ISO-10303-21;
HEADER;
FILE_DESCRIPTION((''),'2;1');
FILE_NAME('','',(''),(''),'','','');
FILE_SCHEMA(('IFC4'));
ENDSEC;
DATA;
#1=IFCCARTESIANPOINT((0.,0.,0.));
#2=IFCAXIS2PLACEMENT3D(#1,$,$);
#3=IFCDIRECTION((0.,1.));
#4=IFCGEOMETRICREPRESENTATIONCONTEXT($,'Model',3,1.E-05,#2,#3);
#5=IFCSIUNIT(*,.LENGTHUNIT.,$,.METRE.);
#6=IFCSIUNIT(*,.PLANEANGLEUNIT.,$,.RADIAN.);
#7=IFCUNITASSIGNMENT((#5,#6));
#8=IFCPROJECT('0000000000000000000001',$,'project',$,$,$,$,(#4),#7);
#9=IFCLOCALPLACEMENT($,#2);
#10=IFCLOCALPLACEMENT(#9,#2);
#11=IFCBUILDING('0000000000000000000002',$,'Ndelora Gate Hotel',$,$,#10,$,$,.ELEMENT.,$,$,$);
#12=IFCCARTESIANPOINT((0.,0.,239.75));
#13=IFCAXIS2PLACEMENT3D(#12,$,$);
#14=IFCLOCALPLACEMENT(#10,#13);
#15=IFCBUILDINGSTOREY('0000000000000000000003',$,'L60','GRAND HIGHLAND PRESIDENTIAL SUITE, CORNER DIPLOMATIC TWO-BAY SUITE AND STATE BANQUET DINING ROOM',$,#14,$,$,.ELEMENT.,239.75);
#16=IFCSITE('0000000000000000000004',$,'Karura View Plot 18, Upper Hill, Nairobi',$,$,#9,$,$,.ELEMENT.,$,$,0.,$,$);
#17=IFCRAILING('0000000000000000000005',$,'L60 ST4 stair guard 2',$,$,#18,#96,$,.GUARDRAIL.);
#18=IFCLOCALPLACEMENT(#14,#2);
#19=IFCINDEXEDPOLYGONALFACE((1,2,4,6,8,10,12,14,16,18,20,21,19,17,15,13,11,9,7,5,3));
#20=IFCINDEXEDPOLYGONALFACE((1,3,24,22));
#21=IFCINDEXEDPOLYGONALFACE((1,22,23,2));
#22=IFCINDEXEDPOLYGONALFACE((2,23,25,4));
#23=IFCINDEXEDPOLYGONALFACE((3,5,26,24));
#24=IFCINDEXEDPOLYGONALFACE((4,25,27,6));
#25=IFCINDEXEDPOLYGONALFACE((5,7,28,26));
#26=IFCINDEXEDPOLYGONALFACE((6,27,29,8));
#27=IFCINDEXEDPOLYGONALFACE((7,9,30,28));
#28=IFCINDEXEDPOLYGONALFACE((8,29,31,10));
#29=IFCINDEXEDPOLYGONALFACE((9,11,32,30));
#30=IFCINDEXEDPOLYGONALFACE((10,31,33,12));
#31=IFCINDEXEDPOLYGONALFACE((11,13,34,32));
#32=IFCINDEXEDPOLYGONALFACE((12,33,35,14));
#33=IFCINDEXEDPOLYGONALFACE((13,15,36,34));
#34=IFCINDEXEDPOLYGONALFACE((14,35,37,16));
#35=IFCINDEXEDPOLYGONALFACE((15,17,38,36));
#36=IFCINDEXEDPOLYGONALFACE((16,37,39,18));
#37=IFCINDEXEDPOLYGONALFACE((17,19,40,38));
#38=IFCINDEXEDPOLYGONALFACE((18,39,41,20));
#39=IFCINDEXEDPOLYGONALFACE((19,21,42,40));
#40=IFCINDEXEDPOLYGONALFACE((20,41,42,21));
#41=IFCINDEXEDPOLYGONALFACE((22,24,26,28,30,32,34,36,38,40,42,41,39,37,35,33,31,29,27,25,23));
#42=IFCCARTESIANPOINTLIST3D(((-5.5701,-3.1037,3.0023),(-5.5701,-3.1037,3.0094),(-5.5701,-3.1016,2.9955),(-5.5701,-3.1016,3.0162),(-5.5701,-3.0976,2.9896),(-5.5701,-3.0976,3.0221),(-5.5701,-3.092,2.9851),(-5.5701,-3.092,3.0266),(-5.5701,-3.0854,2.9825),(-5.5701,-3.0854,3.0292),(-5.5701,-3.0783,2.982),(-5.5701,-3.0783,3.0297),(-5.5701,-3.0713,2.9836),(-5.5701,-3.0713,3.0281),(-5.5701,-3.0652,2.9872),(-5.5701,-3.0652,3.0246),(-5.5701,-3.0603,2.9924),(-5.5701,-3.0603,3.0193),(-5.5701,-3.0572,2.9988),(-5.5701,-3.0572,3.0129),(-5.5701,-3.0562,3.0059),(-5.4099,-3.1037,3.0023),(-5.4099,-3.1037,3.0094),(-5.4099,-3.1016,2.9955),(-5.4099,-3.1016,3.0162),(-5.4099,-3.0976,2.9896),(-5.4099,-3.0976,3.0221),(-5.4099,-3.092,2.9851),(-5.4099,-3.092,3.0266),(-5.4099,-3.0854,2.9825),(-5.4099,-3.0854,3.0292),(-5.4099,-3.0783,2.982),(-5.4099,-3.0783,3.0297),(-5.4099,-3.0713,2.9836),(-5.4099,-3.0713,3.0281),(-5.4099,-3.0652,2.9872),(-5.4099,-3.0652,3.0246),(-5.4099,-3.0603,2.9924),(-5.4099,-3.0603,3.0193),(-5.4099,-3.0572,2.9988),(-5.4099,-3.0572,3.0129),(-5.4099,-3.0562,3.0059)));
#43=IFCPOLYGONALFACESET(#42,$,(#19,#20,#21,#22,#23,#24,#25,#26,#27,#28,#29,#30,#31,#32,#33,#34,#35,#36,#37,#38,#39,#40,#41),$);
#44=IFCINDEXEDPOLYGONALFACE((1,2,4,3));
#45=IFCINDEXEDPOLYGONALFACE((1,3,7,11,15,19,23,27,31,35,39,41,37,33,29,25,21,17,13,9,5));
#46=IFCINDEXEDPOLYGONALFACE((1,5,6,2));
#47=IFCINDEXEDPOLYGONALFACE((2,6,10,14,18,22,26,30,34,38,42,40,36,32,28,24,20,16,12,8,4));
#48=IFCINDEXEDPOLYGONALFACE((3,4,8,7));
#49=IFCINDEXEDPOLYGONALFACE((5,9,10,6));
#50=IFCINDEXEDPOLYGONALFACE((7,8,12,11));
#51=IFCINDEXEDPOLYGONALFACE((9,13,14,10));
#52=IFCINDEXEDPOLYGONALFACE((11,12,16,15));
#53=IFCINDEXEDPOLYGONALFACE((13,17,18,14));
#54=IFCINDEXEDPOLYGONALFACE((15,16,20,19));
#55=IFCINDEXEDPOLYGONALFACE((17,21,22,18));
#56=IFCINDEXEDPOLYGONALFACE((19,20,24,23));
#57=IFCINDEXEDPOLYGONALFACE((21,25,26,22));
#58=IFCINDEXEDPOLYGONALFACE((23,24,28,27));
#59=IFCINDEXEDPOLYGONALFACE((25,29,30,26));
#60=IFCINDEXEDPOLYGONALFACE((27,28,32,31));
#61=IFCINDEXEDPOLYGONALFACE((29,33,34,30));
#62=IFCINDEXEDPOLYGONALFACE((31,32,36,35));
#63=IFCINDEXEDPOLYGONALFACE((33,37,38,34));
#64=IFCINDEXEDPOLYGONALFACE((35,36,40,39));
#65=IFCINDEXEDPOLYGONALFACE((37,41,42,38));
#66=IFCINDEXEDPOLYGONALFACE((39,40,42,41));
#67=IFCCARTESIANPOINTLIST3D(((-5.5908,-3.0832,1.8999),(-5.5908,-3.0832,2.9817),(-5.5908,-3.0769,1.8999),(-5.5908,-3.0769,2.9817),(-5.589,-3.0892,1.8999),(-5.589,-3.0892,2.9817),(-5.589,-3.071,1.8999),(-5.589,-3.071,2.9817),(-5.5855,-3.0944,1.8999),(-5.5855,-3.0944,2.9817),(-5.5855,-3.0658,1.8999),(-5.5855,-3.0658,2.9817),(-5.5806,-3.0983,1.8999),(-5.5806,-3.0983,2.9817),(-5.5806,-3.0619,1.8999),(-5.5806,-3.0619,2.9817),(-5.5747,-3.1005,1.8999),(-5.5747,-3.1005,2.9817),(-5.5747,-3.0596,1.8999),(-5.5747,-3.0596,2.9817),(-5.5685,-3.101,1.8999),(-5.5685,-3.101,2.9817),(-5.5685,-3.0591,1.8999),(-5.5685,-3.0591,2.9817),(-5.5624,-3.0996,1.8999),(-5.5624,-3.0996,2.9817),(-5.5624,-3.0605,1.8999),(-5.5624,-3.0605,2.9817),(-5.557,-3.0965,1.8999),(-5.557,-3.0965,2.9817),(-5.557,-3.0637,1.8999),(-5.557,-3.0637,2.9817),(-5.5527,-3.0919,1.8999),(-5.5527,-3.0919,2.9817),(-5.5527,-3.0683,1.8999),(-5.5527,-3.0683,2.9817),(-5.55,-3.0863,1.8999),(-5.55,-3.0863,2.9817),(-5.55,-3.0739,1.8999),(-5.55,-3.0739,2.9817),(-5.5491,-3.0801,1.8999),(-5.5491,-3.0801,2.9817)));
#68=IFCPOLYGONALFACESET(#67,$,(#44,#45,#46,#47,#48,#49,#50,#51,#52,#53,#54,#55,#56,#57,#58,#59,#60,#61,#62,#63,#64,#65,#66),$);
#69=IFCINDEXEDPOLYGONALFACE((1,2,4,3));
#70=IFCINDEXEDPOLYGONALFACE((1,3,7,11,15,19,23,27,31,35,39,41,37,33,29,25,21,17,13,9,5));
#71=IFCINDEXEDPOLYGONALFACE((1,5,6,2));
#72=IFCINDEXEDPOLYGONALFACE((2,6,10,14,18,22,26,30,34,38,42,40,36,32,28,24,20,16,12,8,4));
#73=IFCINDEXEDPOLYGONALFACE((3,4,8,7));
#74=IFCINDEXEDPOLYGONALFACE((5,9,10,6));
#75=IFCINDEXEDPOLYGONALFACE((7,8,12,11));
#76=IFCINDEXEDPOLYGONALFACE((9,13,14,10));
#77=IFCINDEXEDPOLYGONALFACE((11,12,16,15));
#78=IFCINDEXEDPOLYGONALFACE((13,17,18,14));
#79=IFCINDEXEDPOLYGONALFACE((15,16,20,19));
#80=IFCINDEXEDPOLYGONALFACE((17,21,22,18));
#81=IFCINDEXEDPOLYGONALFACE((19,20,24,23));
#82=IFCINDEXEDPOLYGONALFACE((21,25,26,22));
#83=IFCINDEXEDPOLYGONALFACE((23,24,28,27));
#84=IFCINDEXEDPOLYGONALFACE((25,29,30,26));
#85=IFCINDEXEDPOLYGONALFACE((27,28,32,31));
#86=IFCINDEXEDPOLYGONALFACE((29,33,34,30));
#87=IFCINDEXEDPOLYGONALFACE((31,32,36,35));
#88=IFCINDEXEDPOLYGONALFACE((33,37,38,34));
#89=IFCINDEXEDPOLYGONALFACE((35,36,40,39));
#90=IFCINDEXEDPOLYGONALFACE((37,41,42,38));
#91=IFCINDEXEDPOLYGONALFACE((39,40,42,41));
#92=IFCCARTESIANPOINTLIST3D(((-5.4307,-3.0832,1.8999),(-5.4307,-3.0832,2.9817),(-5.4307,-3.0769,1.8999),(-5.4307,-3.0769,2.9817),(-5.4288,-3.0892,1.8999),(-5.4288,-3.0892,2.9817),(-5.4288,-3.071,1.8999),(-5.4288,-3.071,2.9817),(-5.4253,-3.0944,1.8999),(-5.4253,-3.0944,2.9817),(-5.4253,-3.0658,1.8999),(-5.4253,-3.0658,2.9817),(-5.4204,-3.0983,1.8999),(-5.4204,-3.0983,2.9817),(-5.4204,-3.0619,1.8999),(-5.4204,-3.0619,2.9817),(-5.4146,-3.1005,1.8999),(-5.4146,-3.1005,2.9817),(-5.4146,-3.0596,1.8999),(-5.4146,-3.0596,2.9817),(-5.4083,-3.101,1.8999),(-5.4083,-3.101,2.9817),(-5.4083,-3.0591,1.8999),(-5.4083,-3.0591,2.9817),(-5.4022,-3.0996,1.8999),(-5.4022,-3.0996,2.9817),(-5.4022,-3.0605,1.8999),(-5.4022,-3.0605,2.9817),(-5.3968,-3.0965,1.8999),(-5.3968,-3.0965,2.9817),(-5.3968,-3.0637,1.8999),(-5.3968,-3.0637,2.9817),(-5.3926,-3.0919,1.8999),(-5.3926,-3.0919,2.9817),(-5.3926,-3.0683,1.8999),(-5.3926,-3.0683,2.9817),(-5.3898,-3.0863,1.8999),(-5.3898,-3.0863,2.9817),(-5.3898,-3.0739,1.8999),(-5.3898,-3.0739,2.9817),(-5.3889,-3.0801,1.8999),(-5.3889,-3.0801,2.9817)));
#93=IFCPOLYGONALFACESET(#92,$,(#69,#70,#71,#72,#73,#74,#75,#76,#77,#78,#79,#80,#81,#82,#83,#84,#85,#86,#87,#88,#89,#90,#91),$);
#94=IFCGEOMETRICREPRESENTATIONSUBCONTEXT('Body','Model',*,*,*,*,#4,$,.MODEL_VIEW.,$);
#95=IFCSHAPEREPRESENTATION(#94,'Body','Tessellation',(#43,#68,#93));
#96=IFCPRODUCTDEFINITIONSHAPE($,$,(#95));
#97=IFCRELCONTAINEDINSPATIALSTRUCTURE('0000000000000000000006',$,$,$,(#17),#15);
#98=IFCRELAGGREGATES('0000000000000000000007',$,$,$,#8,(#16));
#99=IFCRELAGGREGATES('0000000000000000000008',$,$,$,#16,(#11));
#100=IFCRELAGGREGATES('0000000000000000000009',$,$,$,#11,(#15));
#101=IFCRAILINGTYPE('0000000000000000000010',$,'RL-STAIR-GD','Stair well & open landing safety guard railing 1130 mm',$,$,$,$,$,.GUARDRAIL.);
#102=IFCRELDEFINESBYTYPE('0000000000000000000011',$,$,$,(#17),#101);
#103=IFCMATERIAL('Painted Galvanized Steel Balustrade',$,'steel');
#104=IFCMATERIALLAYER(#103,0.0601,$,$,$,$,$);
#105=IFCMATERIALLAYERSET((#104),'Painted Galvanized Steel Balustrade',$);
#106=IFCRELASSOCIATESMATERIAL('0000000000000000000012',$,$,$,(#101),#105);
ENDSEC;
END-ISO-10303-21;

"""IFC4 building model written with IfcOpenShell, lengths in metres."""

from ifc_helpers import new_model, si_unit, direction, frame, origin, origin_2d, place, context, subcontext, project, spatial, circle, extrude, material, layer, layer_set, type_object, element, save


model = new_model("IFC4")

# Units and contexts
model_context = context("Model", 3, precision=1e-05, world=origin(), true_north=direction((0.0, 1.0)))
body_context = subcontext(model_context, "Body", "Model", "MODEL_VIEW")
ifc_project = project(units=[si_unit("LENGTHUNIT", "METRE"), si_unit("PLANEANGLEUNIT", "RADIAN")], contexts=[model_context])

# Site, building, storey
site_placement = place(None, origin())
site = spatial("IfcSite", under=ifc_project, at=site_placement, Name="Karura View Plot 18, Upper Hill, Nairobi", CompositionType="ELEMENT", RefElevation=0.0)
building_placement = place(site_placement, origin())
building = spatial("IfcBuilding", under=site, at=building_placement, Name="Ndelora Gate Hotel", CompositionType="ELEMENT")
storey_placement = place(building_placement, frame((0.0, 0.0, 239.75)))
storey = spatial("IfcBuildingStorey", under=building, at=storey_placement, Name="L60", Description="GRAND HIGHLAND PRESIDENTIAL SUITE, CORNER DIPLOMATIC TWO-BAY SUITE AND STATE BANQUET DINING ROOM", CompositionType="ELEMENT", Elevation=239.75)

# Railing
ifc_material_1 = material(Name="Painted Galvanized Steel Balustrade", Category="steel")
ifc_layer_1 = layer(ifc_material_1, 0.0601)
ifc_layer_set_1 = layer_set([ifc_layer_1], Name="Painted Galvanized Steel Balustrade")
railing_type_1 = type_object("IfcRailingType", Name="RL-STAIR-GD", Description="Stair well & open landing safety guard railing 1130 mm", PredefinedType="GUARDRAIL", material=ifc_layer_set_1)
railing_1_placement = place(storey_placement, frame((-5.5701, -3.0801, 1.8999)))
element("IfcRailing", 1, at=railing_1_placement, inside=storey, type_object=railing_type_1, Name="L60 ST4 stair guard 2", PredefinedType="GUARDRAIL", context=body_context, shape_type="SweptSolid", body=[
    extrude(circle(Radius=0.0239, at=origin_2d()), frame((0.0, 0.0, 1.106), z_axis=(1.0, 0.0, 0.0), x_axis=(0.0, 1.0, 0.0)), (0.0, 0.0, 1.0), 0.1602),
    extrude(circle(Radius=0.021, at=origin_2d()), origin(), (0.0, 0.0, 1.0), 1.0818),
    extrude(circle(Radius=0.021, at=origin_2d()), frame((0.1602, 0.0, 0.0)), (0.0, 0.0, 1.0), 1.0818),
])

save(model, "model.ifc")
